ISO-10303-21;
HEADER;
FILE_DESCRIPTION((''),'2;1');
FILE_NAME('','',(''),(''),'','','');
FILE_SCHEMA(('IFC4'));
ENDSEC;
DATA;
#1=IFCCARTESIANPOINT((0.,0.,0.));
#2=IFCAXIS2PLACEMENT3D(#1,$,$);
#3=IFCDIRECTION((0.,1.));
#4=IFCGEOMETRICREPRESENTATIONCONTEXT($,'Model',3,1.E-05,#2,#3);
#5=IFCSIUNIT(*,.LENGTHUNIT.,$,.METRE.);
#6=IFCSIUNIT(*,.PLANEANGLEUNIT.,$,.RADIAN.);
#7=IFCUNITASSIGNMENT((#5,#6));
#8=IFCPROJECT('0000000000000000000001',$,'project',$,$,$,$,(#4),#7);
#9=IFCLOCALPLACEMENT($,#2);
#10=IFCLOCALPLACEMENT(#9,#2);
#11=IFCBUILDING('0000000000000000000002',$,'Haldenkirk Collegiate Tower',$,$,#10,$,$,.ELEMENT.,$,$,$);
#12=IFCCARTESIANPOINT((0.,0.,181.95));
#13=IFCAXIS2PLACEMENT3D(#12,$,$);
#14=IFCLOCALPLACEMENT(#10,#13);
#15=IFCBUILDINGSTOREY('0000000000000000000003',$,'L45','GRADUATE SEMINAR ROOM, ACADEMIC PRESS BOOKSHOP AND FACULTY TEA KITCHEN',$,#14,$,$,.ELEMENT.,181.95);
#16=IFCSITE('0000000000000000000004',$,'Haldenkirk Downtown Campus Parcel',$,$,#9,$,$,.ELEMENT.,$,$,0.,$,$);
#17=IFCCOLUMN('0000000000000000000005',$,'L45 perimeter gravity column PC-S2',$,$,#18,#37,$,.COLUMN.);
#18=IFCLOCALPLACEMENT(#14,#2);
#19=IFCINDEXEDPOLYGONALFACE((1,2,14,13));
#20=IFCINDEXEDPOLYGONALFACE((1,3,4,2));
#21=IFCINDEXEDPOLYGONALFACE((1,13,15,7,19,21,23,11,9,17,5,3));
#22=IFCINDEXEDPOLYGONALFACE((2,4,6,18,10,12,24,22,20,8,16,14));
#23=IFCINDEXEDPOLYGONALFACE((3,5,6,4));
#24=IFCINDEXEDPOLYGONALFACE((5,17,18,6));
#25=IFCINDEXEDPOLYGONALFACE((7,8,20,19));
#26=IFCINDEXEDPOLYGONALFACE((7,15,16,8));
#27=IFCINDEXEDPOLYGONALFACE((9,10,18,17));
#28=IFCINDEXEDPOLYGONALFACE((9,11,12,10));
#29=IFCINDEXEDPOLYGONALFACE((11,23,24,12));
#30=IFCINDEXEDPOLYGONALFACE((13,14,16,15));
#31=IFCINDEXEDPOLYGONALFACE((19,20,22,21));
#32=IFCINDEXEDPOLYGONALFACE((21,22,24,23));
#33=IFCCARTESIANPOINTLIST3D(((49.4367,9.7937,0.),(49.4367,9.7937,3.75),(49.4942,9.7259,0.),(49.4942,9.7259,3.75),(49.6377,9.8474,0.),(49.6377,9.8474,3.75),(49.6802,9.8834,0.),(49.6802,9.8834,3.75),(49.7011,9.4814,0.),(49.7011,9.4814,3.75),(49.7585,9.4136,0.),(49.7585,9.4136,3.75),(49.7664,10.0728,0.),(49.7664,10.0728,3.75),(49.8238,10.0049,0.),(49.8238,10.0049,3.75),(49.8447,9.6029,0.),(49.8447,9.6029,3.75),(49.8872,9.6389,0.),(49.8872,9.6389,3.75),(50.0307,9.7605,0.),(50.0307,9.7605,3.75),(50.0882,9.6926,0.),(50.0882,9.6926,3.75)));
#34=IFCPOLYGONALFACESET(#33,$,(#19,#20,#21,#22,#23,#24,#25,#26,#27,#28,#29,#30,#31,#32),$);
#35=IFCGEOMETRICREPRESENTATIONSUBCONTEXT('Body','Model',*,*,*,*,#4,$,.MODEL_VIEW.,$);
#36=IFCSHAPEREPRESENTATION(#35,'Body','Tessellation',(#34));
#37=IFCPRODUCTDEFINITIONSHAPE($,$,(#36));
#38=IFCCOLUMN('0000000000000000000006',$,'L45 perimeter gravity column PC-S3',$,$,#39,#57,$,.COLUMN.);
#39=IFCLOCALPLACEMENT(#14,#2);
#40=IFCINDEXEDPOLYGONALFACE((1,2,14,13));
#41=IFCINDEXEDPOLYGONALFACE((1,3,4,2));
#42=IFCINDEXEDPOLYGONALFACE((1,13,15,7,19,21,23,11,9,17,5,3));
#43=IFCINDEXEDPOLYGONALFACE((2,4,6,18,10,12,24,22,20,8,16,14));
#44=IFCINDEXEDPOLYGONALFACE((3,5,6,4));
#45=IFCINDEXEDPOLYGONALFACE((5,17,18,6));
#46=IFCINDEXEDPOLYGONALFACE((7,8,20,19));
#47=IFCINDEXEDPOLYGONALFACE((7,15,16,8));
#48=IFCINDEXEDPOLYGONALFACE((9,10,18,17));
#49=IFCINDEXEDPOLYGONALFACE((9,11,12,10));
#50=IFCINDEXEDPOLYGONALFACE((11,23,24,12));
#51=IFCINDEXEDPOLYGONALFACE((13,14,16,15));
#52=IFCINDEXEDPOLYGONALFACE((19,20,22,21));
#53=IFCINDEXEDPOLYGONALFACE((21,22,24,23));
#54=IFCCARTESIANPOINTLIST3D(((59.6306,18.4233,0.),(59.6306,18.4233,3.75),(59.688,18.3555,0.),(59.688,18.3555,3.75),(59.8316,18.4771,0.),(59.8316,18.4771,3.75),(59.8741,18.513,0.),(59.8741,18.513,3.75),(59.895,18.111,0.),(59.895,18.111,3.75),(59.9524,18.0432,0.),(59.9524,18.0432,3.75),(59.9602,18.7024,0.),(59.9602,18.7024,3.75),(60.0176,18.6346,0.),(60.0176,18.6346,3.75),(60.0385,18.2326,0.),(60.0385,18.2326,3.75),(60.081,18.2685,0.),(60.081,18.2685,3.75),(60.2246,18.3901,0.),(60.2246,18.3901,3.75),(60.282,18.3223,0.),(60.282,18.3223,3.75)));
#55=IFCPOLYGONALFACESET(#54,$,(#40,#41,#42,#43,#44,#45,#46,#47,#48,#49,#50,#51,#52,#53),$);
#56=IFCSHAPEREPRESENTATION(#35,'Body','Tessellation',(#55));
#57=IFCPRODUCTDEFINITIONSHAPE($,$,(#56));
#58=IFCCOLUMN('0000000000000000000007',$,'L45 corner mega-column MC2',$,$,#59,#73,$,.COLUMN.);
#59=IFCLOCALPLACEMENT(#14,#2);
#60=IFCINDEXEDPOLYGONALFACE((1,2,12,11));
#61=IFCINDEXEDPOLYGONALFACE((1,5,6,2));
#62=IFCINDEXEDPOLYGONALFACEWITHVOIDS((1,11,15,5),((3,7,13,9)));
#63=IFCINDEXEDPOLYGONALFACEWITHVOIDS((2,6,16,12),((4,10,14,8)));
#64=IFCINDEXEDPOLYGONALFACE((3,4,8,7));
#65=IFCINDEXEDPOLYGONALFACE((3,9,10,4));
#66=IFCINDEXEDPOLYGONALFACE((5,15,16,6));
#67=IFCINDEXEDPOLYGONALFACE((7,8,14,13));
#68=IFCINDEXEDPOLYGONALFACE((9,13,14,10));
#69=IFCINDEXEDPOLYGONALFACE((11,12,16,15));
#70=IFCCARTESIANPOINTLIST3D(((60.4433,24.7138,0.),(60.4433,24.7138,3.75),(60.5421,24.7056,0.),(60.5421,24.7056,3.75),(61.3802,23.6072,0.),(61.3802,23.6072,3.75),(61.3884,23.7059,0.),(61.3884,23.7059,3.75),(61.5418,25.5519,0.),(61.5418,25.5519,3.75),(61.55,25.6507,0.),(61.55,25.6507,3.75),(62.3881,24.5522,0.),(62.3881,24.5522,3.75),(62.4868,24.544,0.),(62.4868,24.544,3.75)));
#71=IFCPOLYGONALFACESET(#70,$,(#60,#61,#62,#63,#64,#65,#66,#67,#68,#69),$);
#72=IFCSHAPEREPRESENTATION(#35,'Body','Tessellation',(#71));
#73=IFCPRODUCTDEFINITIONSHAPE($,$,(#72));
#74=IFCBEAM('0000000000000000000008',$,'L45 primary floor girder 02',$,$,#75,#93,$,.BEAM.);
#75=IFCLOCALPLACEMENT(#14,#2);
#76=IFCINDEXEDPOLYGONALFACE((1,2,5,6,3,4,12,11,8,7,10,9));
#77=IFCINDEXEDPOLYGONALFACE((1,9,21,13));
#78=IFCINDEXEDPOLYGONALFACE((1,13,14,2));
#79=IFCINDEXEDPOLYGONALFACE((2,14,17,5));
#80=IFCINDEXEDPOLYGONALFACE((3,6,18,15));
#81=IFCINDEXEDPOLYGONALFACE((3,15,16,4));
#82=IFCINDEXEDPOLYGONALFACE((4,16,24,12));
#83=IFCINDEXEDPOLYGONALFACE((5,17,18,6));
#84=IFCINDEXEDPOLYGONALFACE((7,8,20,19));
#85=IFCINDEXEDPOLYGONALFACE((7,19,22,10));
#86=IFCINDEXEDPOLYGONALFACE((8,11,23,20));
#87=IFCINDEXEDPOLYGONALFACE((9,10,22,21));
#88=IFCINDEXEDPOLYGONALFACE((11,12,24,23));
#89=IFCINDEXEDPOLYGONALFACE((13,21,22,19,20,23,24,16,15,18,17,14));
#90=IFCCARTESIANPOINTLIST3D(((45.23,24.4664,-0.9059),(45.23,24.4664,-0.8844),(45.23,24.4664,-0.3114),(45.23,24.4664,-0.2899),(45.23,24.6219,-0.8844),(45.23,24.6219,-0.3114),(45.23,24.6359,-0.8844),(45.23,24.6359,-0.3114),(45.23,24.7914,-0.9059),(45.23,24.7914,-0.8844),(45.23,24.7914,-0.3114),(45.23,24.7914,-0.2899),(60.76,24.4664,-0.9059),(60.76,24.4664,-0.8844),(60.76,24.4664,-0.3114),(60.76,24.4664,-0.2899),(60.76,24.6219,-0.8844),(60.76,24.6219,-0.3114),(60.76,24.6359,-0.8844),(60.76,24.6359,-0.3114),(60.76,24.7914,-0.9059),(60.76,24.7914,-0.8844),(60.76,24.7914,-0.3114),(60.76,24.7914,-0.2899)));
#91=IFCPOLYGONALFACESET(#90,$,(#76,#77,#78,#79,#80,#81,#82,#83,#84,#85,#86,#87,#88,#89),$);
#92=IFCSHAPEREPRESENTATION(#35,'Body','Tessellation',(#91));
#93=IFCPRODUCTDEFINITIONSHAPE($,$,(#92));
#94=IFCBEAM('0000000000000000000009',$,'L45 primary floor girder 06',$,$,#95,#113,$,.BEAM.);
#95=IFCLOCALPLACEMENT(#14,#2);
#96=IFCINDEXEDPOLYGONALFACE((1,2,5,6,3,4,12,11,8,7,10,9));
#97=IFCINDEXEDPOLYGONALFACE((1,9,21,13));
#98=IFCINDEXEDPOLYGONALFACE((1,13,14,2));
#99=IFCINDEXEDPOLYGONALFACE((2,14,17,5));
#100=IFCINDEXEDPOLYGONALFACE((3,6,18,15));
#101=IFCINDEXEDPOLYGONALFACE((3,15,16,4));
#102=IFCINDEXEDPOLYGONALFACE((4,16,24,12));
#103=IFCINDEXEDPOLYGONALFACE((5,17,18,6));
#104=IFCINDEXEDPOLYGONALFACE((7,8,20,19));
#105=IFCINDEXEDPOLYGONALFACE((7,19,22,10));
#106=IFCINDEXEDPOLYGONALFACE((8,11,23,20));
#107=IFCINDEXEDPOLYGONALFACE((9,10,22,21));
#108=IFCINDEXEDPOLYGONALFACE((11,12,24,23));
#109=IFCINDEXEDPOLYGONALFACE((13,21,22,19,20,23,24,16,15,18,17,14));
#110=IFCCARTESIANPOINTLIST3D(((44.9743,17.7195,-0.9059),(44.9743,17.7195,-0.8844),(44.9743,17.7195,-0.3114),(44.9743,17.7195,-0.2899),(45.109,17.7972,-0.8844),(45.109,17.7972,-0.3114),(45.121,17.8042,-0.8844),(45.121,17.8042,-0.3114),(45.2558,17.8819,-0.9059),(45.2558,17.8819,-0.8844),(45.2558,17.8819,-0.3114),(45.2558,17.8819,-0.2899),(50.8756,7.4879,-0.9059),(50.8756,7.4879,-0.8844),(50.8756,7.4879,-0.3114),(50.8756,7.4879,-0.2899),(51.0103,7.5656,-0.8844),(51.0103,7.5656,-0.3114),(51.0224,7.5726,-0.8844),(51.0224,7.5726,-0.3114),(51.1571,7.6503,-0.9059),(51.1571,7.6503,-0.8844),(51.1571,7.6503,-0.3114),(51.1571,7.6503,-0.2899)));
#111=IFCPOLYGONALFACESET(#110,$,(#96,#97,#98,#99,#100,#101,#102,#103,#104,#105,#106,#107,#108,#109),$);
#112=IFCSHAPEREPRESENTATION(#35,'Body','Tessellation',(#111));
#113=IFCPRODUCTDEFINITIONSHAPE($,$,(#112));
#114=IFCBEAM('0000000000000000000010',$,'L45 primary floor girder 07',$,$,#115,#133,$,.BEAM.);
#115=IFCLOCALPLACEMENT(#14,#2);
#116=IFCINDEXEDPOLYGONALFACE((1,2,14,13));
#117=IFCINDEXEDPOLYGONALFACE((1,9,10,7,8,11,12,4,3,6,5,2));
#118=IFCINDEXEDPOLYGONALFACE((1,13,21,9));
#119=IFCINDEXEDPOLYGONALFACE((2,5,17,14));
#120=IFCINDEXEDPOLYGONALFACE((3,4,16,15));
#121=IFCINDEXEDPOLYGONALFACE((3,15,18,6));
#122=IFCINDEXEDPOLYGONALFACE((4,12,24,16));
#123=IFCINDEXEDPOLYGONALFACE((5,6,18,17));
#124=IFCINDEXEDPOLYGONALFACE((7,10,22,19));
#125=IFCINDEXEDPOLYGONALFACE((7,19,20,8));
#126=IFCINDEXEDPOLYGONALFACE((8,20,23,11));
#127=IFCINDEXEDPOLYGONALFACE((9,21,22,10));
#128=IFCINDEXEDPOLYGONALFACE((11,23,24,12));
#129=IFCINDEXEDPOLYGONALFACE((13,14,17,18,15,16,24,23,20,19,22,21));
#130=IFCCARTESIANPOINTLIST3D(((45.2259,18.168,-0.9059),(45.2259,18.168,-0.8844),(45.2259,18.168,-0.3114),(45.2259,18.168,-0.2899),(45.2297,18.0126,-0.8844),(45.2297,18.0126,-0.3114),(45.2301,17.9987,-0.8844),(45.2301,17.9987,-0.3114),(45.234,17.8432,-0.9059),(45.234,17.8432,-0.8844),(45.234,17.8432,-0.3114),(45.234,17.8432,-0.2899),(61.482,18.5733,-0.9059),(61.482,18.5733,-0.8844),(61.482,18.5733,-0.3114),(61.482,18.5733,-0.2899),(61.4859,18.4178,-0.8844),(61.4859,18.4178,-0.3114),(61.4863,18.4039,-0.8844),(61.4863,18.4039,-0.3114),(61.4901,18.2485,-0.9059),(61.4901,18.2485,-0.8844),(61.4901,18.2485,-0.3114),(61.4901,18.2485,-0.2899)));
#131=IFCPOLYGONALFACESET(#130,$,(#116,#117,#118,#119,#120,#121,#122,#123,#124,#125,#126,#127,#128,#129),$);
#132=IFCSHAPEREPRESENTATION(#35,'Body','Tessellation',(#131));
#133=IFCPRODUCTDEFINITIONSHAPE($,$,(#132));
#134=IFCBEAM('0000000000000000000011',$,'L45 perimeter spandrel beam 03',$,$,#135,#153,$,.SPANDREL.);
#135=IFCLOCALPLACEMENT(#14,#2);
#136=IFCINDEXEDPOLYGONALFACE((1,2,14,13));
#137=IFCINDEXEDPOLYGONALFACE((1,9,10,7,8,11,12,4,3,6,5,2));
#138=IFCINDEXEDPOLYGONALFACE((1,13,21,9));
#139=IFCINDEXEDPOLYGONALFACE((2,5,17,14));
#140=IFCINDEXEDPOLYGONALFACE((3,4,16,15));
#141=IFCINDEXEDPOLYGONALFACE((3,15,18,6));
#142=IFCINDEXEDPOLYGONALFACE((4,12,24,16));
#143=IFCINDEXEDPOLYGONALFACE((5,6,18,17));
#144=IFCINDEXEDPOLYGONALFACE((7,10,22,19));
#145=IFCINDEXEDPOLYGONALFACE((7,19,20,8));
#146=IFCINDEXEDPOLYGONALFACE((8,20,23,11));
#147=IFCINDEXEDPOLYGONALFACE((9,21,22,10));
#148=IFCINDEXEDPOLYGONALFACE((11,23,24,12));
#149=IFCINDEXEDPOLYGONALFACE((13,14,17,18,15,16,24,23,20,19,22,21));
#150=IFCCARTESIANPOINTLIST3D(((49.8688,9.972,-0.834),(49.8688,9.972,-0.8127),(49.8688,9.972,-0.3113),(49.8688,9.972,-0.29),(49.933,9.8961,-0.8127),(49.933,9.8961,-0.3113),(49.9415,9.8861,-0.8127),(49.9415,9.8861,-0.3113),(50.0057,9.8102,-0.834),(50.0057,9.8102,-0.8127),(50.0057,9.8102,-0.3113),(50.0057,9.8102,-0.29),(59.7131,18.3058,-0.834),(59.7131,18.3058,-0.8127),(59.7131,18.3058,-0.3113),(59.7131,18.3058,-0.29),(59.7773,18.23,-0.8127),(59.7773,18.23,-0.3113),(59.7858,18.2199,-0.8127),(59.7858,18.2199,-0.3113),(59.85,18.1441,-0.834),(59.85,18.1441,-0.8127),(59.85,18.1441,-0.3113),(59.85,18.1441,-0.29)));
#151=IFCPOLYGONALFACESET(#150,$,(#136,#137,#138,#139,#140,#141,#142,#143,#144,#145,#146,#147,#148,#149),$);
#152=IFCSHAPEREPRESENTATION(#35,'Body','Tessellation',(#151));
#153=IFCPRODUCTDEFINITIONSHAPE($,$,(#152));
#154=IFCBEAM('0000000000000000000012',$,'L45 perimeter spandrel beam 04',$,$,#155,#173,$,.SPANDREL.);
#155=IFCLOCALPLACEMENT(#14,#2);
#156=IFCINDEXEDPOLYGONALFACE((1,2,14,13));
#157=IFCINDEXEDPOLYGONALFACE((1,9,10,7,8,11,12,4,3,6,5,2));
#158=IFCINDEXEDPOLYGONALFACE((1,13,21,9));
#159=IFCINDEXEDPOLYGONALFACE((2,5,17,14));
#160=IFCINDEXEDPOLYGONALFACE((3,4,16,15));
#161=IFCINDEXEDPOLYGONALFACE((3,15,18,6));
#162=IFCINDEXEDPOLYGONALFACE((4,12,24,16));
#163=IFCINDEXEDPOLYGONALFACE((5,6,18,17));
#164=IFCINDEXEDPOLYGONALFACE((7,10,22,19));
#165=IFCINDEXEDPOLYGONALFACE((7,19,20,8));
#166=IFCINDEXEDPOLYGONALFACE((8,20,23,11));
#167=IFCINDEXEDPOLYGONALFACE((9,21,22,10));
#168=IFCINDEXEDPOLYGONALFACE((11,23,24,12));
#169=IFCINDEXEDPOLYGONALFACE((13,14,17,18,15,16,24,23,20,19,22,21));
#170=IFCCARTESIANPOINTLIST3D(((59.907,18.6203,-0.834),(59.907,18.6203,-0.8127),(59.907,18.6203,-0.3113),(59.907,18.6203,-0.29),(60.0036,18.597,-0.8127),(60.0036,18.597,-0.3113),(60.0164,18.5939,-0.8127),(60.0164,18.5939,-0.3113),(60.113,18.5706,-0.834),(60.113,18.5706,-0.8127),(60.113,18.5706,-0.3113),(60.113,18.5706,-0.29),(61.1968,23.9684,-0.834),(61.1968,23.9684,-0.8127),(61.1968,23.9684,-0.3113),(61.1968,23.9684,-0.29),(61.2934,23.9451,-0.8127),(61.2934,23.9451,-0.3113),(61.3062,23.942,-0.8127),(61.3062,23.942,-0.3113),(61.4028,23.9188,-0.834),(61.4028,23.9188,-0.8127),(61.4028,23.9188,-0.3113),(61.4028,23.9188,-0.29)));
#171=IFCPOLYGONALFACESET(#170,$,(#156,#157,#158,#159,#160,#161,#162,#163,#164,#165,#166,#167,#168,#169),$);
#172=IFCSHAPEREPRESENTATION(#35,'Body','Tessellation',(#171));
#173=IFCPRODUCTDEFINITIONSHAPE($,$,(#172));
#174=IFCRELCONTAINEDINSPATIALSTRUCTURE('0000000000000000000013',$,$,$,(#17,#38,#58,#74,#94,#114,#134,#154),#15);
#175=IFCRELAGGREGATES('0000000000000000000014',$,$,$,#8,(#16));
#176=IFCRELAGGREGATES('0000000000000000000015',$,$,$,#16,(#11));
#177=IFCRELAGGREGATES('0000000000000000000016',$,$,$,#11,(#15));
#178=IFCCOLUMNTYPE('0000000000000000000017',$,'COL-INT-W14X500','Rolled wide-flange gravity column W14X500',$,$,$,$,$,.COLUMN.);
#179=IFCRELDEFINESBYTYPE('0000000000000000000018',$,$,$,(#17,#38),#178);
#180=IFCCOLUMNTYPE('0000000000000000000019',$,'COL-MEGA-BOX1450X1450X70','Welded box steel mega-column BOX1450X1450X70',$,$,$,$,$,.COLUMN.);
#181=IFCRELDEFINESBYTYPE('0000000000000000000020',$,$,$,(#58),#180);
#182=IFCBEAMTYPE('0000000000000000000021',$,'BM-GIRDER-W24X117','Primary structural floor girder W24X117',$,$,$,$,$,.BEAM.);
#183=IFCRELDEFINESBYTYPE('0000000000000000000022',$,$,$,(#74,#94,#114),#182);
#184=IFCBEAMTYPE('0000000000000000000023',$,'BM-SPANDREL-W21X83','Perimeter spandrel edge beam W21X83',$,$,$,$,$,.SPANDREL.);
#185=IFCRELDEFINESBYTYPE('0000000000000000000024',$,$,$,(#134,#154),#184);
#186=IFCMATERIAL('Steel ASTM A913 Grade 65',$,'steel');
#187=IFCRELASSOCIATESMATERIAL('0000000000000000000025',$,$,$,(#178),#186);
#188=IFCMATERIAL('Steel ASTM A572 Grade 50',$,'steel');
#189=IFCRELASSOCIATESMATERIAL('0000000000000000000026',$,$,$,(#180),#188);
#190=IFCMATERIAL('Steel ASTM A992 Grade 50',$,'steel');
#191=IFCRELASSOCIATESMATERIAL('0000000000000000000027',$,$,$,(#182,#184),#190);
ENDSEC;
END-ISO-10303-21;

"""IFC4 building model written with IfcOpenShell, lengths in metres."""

from ifc_helpers import new_model, si_unit, direction, frame, origin, origin_2d, place, context, subcontext, project, spatial, hollow_rectangle, i_section, extrude, material, material_profile, profile_set, type_object, element, save


model = new_model("IFC4")

# Units and contexts
model_context = context("Model", 3, precision=1e-05, world=origin(), true_north=direction((0.0, 1.0)))
body_context = subcontext(model_context, "Body", "Model", "MODEL_VIEW")
ifc_project = project(units=[si_unit("LENGTHUNIT", "METRE"), si_unit("PLANEANGLEUNIT", "RADIAN")], contexts=[model_context])

# Site, building, storey
site_placement = place(None, origin())
site = spatial("IfcSite", under=ifc_project, at=site_placement, Name="Haldenkirk Downtown Campus Parcel", CompositionType="ELEMENT", RefElevation=0.0)
building_placement = place(site_placement, origin())
building = spatial("IfcBuilding", under=site, at=building_placement, Name="Haldenkirk Collegiate Tower", CompositionType="ELEMENT")
storey_placement = place(building_placement, frame((0.0, 0.0, 181.95)))
storey = spatial("IfcBuildingStorey", under=building, at=storey_placement, Name="L45", Description="GRADUATE SEMINAR ROOM, ACADEMIC PRESS BOOKSHOP AND FACULTY TEA KITCHEN", CompositionType="ELEMENT", Elevation=181.95)

# Columns
ifc_material_1 = material(Name="Steel ASTM A913 Grade 65", Category="steel")
ifc_material_profile_1 = material_profile(ifc_material_1, i_section(OverallWidth=0.4319, OverallDepth=0.498, WebThickness=0.0557, FlangeThickness=0.0889, at=origin_2d()), Name="W14X500")
ifc_profile_set_1 = profile_set([ifc_material_profile_1], Name="Steel ASTM A913 Grade 65")
column_type_1 = type_object("IfcColumnType", Name="COL-INT-W14X500", Description="Rolled wide-flange gravity column W14X500", PredefinedType="COLUMN", material=ifc_profile_set_1)
for number, where, z_axis, x_axis, name in (
    (1, (49.7625, 9.7432, 0.0), (0.0, 0.0, 1.0), (0.763232, 0.646124, 0.0), "L45 perimeter gravity column PC-S2"),
    (2, (59.9563, 18.3728, 0.0), (0.0, 0.0, 1.0), (0.763232, 0.646124, 0.0), "L45 perimeter gravity column PC-S3"),
):
    element("IfcColumn", number, at=place(storey_placement, frame(where, z_axis=z_axis, x_axis=x_axis)), inside=storey, type_object=column_type_1, Name=name, PredefinedType="COLUMN", context=body_context, shape_type="SweptSolid", body=[
        extrude(i_section(OverallWidth=0.4319, OverallDepth=0.498, WebThickness=0.0557, FlangeThickness=0.0889, at=origin_2d()), origin(), (0.0, 0.0, 1.0), 3.75),
    ])
ifc_material_2 = material(Name="Steel ASTM A572 Grade 50", Category="steel")
ifc_material_profile_2 = material_profile(ifc_material_2, hollow_rectangle(XDim=1.45, YDim=1.45, WallThickness=0.0701, at=origin_2d()), Name="BOX1450X1450X70")
ifc_profile_set_2 = profile_set([ifc_material_profile_2], Name="Steel ASTM A572 Grade 50")
column_type_2 = type_object("IfcColumnType", Name="COL-MEGA-BOX1450X1450X70", Description="Welded box steel mega-column BOX1450X1450X70", PredefinedType="COLUMN", material=ifc_profile_set_2)
column_placement = place(storey_placement, frame((61.4651, 24.6289, 0.0), z_axis=(0.0, 0.0, 1.0), x_axis=(0.763232, 0.646124, 0.0)))
element("IfcColumn", 3, at=column_placement, inside=storey, type_object=column_type_2, Name="L45 corner mega-column MC2", PredefinedType="COLUMN", context=body_context, shape_type="SweptSolid", body=[
    extrude(hollow_rectangle(XDim=1.45, YDim=1.45, WallThickness=0.0701, at=origin_2d()), origin(), (0.0, 0.0, 1.0), 3.75),
])

# Beams
ifc_material_3 = material(Name="Steel ASTM A992 Grade 50", Category="steel")
ifc_material_profile_3 = material_profile(ifc_material_3, i_section(OverallWidth=0.325, OverallDepth=0.616, WebThickness=0.0139, FlangeThickness=0.0215, at=origin_2d()), Name="W24X117")
ifc_profile_set_3 = profile_set([ifc_material_profile_3], Name="Steel ASTM A992 Grade 50")
beam_type_1 = type_object("IfcBeamType", Name="BM-GIRDER-W24X117", Description="Primary structural floor girder W24X117", PredefinedType="BEAM", material=ifc_profile_set_3)
beam_1_placement = place(storey_placement, frame((60.76, 24.6289, -0.5979), z_axis=(-1.0, 0.0, 0.0), x_axis=(0.0, -1.0, 0.0)))
element("IfcBeam", 4, at=beam_1_placement, inside=storey, type_object=beam_type_1, Name="L45 primary floor girder 02", PredefinedType="BEAM", context=body_context, shape_type="SweptSolid", body=[
    extrude(i_section(OverallWidth=0.325, OverallDepth=0.616, WebThickness=0.0139, FlangeThickness=0.0215, at=origin_2d()), origin(), (0.0, 0.0, 1.0), 15.53),
])
beam_2_placement = place(storey_placement, frame((51.0164, 7.5691, -0.5979), z_axis=(-0.499625, 0.866242, 0.0), x_axis=(-0.866242, -0.499625, 0.0)))
element("IfcBeam", 5, at=beam_2_placement, inside=storey, type_object=beam_type_1, Name="L45 primary floor girder 06", PredefinedType="BEAM", context=body_context, shape_type="SweptSolid", body=[
    extrude(i_section(OverallWidth=0.325, OverallDepth=0.616, WebThickness=0.0139, FlangeThickness=0.0215, at=origin_2d()), origin(), (0.0, 0.0, 1.0), 11.8115),
])
beam_3_placement = place(storey_placement, frame((61.4861, 18.4109, -0.5979), z_axis=(-0.999689, -0.024923, 0.0), x_axis=(0.024923, -0.999689, 0.0)))
element("IfcBeam", 6, at=beam_3_placement, inside=storey, type_object=beam_type_1, Name="L45 primary floor girder 07", PredefinedType="BEAM", context=body_context, shape_type="SweptSolid", body=[
    extrude(i_section(OverallWidth=0.325, OverallDepth=0.616, WebThickness=0.0139, FlangeThickness=0.0215, at=origin_2d()), origin(), (0.0, 0.0, 1.0), 16.2612),
])
ifc_material_profile_4 = material_profile(ifc_material_3, i_section(OverallWidth=0.2119, OverallDepth=0.5439, WebThickness=0.0132, FlangeThickness=0.0212, at=origin_2d()), Name="W21X83")
ifc_profile_set_4 = profile_set([ifc_material_profile_4], Name="Steel ASTM A992 Grade 50")
beam_type_2 = type_object("IfcBeamType", Name="BM-SPANDREL-W21X83", Description="Perimeter spandrel edge beam W21X83", PredefinedType="SPANDREL", material=ifc_profile_set_4)
beam_4_placement = place(storey_placement, frame((49.9373, 9.8911, -0.562), z_axis=(0.763233, 0.646123, 0.0), x_axis=(-0.646123, 0.763233, 0.0)))
element("IfcBeam", 7, at=beam_4_placement, inside=storey, type_object=beam_type_2, Name="L45 perimeter spandrel beam 03", PredefinedType="SPANDREL", context=body_context, shape_type="SweptSolid", body=[
    extrude(i_section(OverallWidth=0.2119, OverallDepth=0.5439, WebThickness=0.0132, FlangeThickness=0.0212, at=origin_2d()), origin(), (0.0, 0.0, 1.0), 12.8982),
])
beam_5_placement = place(storey_placement, frame((60.01, 18.5955, -0.562), z_axis=(0.234445, 0.972129, 0.0), x_axis=(-0.972129, 0.234445, 0.0)))
element("IfcBeam", 8, at=beam_5_placement, inside=storey, type_object=beam_type_2, Name="L45 perimeter spandrel beam 04", PredefinedType="SPANDREL", context=body_context, shape_type="SweptSolid", body=[
    extrude(i_section(OverallWidth=0.2119, OverallDepth=0.5439, WebThickness=0.0132, FlangeThickness=0.0212, at=origin_2d()), origin(), (0.0, 0.0, 1.0), 5.5015),
])

save(model, "model.ifc")
